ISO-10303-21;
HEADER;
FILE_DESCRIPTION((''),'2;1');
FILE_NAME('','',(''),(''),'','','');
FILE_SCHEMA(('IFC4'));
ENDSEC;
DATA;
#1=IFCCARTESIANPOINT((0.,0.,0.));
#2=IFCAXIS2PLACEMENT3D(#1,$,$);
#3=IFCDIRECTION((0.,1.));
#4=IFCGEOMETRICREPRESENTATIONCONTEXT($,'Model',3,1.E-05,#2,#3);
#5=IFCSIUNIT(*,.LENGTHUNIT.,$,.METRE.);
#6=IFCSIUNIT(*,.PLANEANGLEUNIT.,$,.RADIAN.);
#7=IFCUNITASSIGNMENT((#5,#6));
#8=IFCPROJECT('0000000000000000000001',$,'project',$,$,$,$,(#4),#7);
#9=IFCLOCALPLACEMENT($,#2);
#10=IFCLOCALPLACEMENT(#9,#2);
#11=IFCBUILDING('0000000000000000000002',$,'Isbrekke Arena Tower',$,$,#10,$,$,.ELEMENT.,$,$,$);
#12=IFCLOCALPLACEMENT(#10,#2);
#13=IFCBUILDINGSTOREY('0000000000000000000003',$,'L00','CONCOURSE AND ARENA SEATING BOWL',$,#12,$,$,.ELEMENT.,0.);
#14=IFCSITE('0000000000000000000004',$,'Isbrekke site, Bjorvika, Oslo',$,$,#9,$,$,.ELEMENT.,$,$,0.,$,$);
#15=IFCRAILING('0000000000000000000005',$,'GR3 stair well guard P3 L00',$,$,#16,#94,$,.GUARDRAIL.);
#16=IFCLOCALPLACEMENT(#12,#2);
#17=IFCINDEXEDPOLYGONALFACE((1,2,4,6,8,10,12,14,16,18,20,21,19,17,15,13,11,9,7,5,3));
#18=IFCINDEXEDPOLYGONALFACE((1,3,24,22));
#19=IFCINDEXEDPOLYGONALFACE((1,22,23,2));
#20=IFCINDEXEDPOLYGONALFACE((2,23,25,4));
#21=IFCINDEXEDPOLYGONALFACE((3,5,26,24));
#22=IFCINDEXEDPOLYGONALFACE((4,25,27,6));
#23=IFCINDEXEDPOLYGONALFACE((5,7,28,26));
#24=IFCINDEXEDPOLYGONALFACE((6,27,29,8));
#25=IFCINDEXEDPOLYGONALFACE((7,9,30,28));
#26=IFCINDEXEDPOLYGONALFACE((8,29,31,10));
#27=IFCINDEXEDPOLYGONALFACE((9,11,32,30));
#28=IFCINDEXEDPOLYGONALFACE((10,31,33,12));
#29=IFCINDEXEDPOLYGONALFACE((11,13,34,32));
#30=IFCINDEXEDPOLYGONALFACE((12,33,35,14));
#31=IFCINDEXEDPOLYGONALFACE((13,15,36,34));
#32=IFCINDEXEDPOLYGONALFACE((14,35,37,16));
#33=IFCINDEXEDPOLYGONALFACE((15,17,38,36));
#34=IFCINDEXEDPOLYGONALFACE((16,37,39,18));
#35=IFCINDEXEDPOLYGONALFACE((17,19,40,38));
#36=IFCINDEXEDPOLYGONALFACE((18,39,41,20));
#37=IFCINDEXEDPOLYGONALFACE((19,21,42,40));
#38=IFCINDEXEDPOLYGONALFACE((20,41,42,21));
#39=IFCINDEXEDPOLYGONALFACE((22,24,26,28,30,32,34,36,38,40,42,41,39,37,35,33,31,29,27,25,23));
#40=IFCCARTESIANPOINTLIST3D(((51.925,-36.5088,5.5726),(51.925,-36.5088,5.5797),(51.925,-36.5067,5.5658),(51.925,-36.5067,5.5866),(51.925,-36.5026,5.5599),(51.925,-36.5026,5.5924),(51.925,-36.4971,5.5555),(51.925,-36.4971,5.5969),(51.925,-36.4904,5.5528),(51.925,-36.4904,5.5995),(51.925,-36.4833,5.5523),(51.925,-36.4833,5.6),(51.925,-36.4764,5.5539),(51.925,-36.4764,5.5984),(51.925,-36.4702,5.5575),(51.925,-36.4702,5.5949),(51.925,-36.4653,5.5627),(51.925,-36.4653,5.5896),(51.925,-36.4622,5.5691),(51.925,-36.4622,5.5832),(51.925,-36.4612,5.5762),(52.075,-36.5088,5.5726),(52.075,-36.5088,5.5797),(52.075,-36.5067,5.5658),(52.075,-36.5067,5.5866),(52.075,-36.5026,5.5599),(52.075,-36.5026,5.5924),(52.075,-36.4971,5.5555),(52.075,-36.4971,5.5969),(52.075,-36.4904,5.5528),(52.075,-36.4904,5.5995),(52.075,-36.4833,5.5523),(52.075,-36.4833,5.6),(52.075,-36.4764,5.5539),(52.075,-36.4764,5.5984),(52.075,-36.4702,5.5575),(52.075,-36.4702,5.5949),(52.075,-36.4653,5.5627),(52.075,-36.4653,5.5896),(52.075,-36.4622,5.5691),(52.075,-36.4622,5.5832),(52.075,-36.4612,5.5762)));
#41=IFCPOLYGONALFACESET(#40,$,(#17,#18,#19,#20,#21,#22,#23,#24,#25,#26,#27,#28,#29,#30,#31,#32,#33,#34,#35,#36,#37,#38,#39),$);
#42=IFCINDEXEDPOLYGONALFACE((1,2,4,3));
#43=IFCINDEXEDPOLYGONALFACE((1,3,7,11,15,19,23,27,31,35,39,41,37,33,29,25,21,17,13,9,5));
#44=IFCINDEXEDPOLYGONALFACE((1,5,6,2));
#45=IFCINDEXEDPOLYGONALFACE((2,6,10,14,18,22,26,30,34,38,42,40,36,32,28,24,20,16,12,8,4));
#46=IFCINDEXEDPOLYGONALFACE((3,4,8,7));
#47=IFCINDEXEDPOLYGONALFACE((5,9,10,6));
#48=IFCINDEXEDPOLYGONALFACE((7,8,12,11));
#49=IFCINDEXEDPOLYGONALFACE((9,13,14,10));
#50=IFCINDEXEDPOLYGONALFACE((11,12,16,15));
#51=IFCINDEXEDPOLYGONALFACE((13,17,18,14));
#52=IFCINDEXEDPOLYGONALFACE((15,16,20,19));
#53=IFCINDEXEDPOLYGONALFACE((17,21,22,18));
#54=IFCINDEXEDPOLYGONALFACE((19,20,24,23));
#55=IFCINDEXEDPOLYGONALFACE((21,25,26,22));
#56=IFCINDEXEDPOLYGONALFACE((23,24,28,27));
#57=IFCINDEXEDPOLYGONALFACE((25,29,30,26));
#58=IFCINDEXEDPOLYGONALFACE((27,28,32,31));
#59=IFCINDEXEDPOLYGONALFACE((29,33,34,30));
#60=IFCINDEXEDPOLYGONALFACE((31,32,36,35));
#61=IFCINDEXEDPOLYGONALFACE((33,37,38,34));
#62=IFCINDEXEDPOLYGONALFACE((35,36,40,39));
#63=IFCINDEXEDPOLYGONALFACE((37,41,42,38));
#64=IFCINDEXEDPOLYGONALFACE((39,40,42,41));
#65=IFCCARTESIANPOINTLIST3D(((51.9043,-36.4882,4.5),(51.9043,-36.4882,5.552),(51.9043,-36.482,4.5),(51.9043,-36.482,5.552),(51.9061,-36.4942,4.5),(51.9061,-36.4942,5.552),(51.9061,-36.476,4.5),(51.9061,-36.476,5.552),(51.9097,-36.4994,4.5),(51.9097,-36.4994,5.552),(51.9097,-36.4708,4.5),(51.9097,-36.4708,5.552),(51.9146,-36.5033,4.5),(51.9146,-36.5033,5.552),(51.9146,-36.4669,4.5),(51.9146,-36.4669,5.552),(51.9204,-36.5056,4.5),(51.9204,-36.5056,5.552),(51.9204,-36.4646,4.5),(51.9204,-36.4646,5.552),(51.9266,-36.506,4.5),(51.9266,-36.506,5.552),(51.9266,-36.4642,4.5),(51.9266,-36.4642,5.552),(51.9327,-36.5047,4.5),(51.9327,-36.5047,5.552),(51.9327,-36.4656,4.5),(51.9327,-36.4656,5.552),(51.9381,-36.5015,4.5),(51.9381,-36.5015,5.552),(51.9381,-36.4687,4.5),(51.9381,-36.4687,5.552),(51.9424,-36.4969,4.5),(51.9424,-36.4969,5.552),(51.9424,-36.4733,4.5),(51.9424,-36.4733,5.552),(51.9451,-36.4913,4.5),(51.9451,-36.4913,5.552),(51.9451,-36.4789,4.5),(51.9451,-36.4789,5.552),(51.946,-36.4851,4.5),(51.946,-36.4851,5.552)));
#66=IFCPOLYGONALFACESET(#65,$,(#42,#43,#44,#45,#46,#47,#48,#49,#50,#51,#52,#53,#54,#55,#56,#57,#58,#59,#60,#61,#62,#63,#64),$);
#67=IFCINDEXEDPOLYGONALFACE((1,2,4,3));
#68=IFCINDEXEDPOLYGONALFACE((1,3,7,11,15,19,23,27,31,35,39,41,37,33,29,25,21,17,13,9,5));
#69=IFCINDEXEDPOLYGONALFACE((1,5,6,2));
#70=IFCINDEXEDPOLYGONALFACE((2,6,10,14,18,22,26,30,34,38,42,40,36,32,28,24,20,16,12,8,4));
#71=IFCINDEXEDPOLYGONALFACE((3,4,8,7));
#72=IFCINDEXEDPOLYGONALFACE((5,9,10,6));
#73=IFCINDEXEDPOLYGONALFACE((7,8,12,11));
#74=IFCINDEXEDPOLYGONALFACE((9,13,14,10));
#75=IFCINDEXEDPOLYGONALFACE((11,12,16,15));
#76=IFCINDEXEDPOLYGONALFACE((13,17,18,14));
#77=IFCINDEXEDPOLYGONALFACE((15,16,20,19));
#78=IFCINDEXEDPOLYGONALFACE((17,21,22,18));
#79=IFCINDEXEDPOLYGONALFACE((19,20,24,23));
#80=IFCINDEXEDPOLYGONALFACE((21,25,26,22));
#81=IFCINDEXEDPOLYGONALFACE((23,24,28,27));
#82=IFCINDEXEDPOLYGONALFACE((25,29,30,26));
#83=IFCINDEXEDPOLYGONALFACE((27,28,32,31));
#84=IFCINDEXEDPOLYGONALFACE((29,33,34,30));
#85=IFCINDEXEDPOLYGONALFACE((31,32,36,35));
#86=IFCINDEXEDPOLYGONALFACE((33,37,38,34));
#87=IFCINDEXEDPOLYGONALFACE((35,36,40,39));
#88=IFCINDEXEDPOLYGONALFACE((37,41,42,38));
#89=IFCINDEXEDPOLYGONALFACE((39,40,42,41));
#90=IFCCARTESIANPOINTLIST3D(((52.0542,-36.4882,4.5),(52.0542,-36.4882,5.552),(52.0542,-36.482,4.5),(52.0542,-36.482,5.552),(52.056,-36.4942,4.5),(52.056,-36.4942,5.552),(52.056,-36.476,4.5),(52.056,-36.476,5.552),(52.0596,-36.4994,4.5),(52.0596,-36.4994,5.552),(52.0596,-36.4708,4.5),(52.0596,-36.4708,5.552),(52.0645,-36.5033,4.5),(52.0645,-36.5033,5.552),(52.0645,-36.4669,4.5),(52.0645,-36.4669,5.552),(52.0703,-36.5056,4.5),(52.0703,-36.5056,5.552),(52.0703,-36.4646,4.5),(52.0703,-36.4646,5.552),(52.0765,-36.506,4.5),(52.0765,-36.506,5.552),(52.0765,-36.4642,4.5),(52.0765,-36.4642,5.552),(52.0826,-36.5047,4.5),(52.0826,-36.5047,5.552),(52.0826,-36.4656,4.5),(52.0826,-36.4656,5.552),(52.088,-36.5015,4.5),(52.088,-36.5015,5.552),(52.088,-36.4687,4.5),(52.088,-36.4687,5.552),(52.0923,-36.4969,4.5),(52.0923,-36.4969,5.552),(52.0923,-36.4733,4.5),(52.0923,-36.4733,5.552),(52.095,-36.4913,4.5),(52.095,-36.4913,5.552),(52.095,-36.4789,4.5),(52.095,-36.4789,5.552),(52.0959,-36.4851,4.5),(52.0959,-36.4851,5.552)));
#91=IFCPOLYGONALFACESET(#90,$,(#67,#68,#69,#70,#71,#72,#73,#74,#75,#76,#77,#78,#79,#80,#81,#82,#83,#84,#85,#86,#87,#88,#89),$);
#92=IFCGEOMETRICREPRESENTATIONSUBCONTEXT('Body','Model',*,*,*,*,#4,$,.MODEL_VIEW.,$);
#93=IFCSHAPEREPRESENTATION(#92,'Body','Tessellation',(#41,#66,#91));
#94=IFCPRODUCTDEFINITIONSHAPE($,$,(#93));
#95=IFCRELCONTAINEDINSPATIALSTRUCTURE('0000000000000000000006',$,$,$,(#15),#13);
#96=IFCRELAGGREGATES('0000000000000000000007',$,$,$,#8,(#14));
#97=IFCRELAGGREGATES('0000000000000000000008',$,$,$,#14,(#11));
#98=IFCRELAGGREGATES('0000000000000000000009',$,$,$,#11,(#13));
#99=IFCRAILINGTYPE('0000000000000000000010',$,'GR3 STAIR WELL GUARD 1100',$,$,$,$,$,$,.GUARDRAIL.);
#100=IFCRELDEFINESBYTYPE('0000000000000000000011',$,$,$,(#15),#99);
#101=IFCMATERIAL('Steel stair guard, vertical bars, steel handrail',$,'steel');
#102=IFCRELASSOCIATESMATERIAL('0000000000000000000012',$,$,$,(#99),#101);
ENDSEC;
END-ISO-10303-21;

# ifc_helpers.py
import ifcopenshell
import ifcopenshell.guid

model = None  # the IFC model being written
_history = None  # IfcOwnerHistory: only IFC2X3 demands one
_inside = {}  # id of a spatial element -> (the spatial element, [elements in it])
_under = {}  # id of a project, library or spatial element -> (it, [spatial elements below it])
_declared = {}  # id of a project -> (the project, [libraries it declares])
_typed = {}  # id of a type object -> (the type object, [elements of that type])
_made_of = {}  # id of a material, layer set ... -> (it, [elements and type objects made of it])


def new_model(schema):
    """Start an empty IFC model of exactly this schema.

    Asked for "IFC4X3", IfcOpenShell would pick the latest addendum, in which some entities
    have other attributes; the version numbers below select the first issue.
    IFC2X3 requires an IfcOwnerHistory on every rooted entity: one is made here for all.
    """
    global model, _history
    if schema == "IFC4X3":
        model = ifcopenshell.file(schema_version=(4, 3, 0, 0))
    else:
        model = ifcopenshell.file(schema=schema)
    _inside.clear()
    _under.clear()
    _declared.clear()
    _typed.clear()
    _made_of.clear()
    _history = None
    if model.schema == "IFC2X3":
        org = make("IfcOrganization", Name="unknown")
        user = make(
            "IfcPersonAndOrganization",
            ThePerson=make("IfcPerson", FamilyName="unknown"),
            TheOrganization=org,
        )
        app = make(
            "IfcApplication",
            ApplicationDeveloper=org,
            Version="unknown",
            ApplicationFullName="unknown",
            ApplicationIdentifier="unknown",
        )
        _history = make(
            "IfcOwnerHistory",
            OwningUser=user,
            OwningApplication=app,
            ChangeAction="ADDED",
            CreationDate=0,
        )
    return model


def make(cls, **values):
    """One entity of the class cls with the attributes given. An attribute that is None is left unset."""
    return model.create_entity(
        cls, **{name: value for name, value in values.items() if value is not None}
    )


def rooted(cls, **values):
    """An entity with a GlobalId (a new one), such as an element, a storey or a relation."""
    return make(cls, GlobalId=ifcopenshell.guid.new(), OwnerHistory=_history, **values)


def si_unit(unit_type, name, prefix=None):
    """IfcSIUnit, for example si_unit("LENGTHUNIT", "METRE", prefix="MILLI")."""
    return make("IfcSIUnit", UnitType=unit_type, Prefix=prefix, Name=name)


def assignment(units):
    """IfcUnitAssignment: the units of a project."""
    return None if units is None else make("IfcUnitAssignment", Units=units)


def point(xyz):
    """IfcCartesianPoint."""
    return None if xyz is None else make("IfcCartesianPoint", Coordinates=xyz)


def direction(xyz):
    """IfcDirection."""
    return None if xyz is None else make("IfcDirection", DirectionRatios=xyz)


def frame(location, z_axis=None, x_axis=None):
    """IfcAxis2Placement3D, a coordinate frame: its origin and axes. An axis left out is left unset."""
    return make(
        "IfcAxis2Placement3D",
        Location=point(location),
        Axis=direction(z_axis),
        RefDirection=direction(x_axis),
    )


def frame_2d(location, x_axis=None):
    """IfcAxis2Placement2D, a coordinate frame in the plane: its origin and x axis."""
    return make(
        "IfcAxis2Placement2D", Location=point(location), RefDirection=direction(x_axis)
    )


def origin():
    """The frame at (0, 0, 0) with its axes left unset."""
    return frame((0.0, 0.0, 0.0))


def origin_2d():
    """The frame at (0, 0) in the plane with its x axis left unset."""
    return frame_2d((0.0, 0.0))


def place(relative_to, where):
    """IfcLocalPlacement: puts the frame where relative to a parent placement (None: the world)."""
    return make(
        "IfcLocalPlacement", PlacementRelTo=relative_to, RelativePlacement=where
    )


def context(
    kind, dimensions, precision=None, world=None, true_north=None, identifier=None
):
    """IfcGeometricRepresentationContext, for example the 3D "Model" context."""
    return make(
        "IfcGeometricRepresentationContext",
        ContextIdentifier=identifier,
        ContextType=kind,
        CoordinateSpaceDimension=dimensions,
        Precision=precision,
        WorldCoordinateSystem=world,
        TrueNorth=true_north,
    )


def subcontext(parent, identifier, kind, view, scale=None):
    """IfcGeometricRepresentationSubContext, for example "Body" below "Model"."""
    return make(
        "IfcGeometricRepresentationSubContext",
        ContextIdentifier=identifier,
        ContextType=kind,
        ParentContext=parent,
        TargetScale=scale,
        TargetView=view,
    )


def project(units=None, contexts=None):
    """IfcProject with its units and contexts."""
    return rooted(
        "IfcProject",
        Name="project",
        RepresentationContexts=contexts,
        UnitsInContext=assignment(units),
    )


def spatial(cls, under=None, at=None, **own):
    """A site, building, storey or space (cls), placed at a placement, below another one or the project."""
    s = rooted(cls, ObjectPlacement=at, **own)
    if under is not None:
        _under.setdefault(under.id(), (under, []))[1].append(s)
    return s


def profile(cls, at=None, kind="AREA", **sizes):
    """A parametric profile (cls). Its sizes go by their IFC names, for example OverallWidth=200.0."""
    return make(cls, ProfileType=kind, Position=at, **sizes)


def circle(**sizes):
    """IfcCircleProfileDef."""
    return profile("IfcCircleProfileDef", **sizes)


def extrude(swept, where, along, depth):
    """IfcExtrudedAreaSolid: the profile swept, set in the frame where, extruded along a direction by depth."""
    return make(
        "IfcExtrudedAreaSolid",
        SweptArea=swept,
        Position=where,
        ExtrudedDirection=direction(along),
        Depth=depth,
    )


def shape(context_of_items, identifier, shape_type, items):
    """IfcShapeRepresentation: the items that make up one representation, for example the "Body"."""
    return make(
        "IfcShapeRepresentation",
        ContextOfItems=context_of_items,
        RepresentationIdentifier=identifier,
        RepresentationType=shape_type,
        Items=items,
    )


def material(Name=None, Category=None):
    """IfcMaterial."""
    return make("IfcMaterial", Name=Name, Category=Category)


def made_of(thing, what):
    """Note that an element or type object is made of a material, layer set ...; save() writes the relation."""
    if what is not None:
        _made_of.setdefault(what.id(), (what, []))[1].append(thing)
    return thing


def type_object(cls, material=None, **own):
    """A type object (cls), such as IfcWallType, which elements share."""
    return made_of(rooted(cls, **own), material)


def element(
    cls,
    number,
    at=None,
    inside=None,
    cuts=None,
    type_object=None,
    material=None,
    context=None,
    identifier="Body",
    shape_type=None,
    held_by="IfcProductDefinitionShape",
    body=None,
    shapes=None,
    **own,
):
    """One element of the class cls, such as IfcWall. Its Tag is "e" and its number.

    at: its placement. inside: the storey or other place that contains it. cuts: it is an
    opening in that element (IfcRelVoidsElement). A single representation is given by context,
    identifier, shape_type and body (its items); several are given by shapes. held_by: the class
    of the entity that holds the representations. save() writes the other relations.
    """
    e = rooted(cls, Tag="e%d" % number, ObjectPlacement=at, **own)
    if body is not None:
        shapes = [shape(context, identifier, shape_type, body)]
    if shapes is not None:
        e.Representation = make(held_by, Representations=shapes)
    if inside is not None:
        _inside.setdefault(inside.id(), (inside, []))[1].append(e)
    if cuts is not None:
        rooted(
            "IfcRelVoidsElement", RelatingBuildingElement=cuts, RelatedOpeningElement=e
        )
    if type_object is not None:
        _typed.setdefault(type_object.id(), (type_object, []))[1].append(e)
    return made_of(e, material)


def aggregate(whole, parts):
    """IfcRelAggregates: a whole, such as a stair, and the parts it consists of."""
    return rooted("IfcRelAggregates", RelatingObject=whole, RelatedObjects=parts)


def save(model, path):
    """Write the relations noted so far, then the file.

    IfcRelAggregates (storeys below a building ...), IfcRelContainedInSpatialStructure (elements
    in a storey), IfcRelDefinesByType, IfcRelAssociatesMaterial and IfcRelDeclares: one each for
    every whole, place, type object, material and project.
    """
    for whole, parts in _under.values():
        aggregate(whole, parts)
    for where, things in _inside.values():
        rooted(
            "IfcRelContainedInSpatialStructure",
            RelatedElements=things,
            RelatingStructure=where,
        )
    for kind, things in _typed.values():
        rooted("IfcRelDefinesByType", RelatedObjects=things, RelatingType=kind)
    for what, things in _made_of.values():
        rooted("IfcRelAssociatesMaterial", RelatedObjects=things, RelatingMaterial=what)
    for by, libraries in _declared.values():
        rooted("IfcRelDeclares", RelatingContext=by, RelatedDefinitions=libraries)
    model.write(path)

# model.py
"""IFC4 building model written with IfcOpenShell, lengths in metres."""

from ifc_helpers import new_model, si_unit, direction, frame, origin, origin_2d, place, context, subcontext, project, spatial, circle, extrude, material, type_object, element, save


model = new_model("IFC4")

# Units and contexts
model_context = context("Model", 3, precision=1e-05, world=origin(), true_north=direction((0.0, 1.0)))
body_context = subcontext(model_context, "Body", "Model", "MODEL_VIEW")
ifc_project = project(units=[si_unit("LENGTHUNIT", "METRE"), si_unit("PLANEANGLEUNIT", "RADIAN")], contexts=[model_context])

# Site, building, storey
site_placement = place(None, origin())
site = spatial("IfcSite", under=ifc_project, at=site_placement, Name="Isbrekke site, Bjorvika, Oslo", CompositionType="ELEMENT", RefElevation=0.0)
building_placement = place(site_placement, origin())
building = spatial("IfcBuilding", under=site, at=building_placement, Name="Isbrekke Arena Tower", CompositionType="ELEMENT")
storey_placement = place(building_placement, origin())
storey = spatial("IfcBuildingStorey", under=building, at=storey_placement, Name="L00", Description="CONCOURSE AND ARENA SEATING BOWL", CompositionType="ELEMENT", Elevation=0.0)

# Railing
ifc_material_1 = material(Name="Steel stair guard, vertical bars, steel handrail", Category="steel")
railing_type = type_object("IfcRailingType", Name="GR3 STAIR WELL GUARD 1100", PredefinedType="GUARDRAIL", material=ifc_material_1)
for number, where, name in (
    (1, (51.925, -36.4851, 4.5), "GR3 stair well guard P3 L00"),
):
    element("IfcRailing", number, at=place(storey_placement, frame(where)), inside=storey, type_object=railing_type, Name=name, PredefinedType="GUARDRAIL", context=body_context, shape_type="SweptSolid", body=[
        extrude(circle(Radius=0.0239, at=origin_2d()), frame((0.0, 0.0, 1.0762), z_axis=(1.0, 0.0, 0.0), x_axis=(0.0, 1.0, 0.0)), (0.0, 0.0, 1.0), 0.1499),
        extrude(circle(Radius=0.021, at=origin_2d()), origin(), (0.0, 0.0, 1.0), 1.052),
        extrude(circle(Radius=0.021, at=origin_2d()), frame((0.1499, 0.0, 0.0)), (0.0, 0.0, 1.0), 1.052),
    ])

save(model, "model.ifc")
